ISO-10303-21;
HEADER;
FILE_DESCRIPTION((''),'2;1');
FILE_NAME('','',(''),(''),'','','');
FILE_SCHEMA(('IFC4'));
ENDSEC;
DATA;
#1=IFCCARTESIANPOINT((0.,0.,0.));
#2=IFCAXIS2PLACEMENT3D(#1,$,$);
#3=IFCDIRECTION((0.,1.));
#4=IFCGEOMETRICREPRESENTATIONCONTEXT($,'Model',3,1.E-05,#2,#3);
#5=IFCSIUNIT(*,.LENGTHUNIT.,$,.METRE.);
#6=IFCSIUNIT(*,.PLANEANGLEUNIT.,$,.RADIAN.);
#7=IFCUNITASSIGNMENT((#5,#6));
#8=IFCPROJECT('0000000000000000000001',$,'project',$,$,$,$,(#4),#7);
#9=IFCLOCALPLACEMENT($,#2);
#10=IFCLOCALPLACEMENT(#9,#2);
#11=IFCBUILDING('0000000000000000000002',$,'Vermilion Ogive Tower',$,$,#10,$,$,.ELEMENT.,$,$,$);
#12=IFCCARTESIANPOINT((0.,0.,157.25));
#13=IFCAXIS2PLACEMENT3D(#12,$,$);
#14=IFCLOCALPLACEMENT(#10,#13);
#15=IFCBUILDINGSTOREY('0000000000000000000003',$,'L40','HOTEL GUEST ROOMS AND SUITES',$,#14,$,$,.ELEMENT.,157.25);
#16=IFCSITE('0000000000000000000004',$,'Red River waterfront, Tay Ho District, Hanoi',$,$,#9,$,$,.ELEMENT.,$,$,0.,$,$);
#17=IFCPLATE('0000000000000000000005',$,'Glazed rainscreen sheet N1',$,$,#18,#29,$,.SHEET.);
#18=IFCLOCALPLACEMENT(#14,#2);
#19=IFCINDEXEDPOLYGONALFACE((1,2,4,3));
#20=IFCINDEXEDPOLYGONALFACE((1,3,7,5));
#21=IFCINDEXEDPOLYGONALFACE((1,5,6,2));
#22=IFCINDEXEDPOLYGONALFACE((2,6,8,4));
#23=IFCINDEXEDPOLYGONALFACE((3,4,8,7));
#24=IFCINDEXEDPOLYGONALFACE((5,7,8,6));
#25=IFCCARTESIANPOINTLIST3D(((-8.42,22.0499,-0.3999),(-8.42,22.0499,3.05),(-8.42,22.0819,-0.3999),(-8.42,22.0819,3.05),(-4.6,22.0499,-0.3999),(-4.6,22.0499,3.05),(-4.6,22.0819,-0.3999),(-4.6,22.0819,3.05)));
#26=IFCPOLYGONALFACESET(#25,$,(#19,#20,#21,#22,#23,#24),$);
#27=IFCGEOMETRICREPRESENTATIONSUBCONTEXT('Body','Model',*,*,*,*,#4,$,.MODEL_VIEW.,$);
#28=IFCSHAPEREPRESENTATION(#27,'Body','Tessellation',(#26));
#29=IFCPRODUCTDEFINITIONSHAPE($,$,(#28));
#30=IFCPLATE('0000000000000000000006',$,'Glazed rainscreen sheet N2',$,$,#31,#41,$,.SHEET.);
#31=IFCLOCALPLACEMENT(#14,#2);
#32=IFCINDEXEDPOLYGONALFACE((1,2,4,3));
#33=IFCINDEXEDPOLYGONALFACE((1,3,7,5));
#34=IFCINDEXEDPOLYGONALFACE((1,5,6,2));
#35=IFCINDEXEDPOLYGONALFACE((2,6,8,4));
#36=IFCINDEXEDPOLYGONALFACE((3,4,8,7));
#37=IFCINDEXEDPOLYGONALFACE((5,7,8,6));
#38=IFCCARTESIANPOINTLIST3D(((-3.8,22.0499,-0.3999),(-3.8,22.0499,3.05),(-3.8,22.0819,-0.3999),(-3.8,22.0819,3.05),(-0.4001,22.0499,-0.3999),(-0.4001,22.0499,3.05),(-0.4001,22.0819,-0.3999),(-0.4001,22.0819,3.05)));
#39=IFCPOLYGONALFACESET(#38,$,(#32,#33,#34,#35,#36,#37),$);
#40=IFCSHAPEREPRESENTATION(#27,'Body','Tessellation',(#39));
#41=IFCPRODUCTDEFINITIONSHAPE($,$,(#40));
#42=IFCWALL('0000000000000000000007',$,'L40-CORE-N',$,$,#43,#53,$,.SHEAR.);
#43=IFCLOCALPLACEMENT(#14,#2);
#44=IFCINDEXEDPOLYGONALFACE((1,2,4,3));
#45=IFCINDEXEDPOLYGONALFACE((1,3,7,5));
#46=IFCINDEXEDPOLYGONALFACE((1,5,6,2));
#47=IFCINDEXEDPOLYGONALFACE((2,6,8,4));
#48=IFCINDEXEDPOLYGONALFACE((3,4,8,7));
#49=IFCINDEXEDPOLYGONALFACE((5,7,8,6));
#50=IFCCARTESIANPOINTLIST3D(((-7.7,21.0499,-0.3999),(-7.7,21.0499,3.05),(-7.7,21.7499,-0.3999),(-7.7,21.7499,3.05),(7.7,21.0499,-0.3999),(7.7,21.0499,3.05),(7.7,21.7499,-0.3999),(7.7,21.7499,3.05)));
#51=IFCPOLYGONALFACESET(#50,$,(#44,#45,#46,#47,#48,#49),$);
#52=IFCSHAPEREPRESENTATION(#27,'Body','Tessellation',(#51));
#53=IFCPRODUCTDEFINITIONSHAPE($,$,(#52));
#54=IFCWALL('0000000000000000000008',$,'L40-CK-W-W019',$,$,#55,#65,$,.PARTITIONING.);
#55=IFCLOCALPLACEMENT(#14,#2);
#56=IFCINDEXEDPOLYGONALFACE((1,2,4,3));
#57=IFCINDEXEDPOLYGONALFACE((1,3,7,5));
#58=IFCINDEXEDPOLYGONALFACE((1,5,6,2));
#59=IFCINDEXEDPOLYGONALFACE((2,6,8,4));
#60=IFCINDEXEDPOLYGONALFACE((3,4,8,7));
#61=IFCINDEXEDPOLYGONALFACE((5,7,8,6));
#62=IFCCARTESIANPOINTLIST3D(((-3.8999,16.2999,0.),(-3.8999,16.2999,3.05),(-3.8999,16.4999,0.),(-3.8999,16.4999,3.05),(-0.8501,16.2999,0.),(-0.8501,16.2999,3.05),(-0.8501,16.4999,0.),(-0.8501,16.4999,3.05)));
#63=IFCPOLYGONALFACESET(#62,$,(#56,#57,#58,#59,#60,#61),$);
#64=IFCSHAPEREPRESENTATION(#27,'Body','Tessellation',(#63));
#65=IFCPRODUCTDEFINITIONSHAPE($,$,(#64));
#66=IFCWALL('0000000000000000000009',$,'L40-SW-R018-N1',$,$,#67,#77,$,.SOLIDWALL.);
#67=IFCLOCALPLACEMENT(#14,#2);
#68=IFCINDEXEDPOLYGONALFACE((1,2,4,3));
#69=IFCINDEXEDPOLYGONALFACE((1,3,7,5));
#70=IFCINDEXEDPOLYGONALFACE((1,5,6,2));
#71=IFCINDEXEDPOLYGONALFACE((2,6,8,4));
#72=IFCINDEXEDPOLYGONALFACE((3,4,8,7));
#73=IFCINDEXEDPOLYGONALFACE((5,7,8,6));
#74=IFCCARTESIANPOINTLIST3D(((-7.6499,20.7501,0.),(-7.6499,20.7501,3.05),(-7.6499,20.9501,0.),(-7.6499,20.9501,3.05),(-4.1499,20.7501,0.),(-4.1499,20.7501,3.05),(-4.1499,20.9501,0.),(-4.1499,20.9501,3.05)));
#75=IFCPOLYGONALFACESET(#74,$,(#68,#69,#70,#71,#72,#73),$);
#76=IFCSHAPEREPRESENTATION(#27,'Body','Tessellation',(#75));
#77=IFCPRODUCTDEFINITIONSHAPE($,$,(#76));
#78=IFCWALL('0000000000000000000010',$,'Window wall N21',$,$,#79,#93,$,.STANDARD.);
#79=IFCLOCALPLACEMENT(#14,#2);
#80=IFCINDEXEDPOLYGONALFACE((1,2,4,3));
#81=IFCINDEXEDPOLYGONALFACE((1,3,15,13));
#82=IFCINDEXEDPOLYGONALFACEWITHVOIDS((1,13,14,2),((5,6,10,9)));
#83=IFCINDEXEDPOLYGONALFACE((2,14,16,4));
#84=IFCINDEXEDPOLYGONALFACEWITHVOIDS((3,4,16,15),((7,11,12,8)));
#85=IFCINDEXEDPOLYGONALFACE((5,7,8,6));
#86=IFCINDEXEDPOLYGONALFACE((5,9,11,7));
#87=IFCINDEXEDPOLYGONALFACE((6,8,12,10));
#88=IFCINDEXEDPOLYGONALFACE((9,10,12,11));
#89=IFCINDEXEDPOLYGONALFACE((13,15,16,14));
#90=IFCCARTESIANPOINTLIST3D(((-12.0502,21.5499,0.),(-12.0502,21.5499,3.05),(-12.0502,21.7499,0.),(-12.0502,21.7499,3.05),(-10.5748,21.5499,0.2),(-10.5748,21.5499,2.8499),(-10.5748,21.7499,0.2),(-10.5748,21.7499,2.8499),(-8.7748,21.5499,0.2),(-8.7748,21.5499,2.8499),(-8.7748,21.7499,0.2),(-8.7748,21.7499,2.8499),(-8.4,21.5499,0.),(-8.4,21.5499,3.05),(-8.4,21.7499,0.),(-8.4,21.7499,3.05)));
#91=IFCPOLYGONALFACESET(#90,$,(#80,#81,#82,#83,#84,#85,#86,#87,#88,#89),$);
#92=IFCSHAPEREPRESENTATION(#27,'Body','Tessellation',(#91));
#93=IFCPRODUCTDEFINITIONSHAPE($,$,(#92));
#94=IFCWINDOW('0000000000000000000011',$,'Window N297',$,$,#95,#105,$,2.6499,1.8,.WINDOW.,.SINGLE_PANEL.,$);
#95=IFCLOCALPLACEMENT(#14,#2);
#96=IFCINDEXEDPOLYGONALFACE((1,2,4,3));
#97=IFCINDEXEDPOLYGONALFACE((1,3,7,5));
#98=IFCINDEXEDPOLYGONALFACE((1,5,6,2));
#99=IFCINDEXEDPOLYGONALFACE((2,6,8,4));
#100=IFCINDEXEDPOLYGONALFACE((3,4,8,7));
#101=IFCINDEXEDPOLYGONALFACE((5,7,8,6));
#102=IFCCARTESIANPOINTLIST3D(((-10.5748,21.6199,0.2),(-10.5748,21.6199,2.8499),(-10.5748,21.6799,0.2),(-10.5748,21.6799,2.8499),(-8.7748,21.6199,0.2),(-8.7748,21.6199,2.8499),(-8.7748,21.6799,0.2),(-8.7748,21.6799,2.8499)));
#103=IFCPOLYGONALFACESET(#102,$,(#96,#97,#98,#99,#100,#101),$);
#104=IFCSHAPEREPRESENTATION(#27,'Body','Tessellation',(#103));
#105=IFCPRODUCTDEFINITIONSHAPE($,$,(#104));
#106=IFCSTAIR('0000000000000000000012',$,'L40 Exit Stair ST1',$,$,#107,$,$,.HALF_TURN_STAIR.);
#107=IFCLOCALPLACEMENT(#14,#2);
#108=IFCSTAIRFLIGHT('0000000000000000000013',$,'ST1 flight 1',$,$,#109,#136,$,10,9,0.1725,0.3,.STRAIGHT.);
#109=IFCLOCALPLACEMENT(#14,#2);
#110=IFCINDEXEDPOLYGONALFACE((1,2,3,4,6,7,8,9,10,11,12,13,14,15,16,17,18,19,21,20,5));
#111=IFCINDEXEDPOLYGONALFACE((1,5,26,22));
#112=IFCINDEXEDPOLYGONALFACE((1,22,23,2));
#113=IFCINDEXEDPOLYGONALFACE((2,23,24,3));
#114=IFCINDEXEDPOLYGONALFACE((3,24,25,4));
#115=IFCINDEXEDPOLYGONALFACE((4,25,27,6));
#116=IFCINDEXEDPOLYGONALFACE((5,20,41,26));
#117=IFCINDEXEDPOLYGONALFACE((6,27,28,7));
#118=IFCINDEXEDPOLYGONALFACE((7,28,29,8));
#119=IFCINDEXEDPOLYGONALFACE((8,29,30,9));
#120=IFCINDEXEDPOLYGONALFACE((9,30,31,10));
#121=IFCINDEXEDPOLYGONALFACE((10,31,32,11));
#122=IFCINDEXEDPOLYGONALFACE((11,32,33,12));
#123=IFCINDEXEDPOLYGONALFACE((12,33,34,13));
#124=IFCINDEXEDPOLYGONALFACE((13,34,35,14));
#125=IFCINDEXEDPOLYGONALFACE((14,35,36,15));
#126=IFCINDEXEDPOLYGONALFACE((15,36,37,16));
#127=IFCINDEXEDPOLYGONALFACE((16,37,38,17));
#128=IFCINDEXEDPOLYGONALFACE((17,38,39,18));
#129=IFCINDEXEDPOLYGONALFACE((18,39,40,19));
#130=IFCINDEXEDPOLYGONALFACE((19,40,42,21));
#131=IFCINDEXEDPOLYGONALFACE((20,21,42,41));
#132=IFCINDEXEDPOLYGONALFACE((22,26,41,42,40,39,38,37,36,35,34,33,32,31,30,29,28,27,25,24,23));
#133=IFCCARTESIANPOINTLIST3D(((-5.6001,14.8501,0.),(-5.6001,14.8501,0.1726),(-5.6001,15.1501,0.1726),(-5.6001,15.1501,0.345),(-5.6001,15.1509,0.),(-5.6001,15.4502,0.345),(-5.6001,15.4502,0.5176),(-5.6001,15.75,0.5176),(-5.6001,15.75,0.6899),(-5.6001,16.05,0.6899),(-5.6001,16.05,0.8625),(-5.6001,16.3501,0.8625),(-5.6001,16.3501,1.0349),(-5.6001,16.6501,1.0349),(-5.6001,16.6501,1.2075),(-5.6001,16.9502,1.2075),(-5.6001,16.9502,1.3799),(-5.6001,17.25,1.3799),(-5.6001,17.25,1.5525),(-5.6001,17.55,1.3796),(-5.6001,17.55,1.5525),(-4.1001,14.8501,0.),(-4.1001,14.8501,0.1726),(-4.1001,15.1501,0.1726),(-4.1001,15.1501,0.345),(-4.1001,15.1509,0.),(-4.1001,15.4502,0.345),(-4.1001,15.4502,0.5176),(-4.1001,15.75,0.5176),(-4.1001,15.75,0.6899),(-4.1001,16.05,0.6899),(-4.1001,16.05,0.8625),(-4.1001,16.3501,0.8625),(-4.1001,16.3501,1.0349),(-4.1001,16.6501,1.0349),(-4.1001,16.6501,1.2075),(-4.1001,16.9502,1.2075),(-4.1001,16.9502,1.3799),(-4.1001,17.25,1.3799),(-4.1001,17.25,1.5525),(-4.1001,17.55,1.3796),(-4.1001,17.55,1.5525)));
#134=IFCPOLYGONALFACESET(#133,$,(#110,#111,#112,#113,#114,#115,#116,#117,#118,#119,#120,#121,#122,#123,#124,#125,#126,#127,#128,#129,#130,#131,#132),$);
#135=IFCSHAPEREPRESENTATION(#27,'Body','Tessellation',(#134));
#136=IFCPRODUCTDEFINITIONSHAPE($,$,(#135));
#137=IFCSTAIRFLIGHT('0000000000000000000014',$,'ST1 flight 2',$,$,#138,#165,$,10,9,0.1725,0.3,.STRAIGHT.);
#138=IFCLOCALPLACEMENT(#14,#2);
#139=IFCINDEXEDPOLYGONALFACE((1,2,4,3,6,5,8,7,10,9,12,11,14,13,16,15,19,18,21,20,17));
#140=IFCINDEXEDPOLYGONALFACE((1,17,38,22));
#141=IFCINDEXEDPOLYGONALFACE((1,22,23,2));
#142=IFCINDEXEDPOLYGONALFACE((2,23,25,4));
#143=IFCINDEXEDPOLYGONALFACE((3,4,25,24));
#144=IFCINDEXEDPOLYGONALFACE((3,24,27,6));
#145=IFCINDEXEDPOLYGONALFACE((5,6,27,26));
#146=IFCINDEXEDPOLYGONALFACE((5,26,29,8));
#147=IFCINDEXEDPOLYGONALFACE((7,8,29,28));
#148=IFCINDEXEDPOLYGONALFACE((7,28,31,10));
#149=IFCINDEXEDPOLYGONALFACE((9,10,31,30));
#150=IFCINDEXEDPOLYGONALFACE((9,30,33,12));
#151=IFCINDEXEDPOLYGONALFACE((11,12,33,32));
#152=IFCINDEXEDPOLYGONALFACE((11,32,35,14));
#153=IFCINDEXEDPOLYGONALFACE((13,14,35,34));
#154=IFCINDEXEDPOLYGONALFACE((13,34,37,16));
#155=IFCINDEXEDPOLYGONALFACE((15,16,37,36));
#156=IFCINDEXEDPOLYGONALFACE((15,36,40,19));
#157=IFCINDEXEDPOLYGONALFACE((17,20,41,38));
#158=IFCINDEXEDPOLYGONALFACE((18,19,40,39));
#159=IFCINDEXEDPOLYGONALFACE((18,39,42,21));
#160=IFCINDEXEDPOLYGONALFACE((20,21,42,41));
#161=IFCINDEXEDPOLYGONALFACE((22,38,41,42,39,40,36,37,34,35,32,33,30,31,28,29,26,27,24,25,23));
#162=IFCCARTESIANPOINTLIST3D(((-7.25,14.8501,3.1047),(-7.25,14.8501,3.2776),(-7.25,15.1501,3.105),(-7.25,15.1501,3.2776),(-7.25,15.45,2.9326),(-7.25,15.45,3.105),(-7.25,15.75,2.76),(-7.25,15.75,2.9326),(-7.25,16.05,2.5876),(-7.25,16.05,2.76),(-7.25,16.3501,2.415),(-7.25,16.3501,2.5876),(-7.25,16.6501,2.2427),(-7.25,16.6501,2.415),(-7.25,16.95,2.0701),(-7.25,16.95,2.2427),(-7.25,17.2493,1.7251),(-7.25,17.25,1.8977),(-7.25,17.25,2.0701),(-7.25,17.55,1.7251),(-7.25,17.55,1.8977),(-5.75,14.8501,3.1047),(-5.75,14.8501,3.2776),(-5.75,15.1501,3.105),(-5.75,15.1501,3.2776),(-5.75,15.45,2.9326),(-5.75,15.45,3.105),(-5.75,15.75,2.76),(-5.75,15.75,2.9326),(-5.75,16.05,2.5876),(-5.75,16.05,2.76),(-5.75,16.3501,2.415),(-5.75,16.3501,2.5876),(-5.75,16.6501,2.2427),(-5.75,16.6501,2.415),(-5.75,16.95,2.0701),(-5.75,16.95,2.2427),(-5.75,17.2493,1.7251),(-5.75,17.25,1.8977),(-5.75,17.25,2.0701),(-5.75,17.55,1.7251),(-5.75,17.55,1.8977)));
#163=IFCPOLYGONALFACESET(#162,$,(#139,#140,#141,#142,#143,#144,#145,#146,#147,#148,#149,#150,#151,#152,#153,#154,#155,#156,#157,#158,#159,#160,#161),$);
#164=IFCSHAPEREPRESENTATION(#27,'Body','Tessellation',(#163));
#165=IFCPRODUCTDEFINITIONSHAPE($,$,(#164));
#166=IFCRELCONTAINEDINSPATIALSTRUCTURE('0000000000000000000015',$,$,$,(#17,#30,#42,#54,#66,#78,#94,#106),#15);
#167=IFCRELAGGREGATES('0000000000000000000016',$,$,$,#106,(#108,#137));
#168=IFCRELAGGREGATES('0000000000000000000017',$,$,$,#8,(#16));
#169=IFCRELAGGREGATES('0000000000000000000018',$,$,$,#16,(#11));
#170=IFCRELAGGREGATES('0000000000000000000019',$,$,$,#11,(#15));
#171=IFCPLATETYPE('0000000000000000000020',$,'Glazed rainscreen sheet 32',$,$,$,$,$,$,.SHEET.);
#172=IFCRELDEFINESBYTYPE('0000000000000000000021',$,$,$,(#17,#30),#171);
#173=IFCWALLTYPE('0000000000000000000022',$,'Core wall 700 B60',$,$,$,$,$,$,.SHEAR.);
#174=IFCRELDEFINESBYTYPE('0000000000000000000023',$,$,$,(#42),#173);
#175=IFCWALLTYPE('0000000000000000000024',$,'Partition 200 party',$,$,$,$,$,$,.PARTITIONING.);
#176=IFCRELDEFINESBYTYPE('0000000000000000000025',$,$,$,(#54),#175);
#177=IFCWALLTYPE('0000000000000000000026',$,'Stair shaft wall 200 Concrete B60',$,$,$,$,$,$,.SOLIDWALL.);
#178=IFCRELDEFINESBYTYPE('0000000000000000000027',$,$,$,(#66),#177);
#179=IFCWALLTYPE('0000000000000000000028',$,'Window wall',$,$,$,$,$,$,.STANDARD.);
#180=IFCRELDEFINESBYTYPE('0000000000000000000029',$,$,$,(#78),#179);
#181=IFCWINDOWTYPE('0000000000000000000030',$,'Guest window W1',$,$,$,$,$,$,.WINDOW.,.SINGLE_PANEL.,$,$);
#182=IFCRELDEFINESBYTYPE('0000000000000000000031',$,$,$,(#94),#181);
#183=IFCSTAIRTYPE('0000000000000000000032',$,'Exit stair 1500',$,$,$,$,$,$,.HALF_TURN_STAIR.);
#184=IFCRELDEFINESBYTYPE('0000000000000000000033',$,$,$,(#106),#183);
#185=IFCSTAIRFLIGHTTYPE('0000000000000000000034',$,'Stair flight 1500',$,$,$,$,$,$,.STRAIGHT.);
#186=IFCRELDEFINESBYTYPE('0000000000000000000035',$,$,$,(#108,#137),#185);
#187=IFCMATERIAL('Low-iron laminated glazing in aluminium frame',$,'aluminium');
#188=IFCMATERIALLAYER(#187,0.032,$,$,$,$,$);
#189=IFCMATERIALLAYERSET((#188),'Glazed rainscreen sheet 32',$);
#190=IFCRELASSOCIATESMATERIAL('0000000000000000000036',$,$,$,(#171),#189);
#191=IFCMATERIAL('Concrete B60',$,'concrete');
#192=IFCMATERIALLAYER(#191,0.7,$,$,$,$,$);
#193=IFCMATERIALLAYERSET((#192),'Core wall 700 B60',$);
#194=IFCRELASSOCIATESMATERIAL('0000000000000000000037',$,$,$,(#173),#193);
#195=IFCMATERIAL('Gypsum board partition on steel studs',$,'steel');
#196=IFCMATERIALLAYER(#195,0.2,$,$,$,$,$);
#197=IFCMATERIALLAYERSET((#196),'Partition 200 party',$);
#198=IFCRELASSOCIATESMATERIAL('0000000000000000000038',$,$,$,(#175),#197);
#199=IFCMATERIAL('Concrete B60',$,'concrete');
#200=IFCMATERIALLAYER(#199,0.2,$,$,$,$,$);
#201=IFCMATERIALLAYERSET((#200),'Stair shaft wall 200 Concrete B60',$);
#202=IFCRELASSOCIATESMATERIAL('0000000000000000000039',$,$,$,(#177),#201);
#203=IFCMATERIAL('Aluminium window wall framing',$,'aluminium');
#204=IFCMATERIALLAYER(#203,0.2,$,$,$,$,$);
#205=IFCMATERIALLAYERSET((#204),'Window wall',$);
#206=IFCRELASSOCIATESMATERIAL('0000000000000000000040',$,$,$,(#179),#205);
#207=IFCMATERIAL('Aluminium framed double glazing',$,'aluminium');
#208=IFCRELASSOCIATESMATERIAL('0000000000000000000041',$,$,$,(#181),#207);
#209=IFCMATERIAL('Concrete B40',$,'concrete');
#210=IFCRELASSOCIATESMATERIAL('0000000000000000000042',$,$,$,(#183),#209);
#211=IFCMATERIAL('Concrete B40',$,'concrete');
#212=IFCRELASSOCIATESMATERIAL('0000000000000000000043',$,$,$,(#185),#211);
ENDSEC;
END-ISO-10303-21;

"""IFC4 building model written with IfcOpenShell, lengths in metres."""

from ifc_helpers import new_model, si_unit, direction, frame, frame_2d, origin, origin_2d, place, context, subcontext, project, spatial, polyline, rectangle, outline, extrude, material, layer, layer_set, type_object, element, fill, aggregate, save


model = new_model("IFC4")

# Units and contexts
model_context = context("Model", 3, precision=1e-05, world=origin(), true_north=direction((0.0, 1.0)))
body_context = subcontext(model_context, "Body", "Model", "MODEL_VIEW")
ifc_project = project(units=[si_unit("LENGTHUNIT", "METRE"), si_unit("PLANEANGLEUNIT", "RADIAN")], contexts=[model_context])

# Site, building, storey
site_placement = place(None, origin())
site = spatial("IfcSite", under=ifc_project, at=site_placement, Name="Red River waterfront, Tay Ho District, Hanoi", CompositionType="ELEMENT", RefElevation=0.0)
building_placement = place(site_placement, origin())
building = spatial("IfcBuilding", under=site, at=building_placement, Name="Vermilion Ogive Tower", CompositionType="ELEMENT")
storey_placement = place(building_placement, frame((0.0, 0.0, 157.25)))
storey = spatial("IfcBuildingStorey", under=building, at=storey_placement, Name="L40", Description="HOTEL GUEST ROOMS AND SUITES", CompositionType="ELEMENT", Elevation=157.25)

# Plates
ifc_material_1 = material(Name="Low-iron laminated glazing in aluminium frame", Category="aluminium")
ifc_layer_1 = layer(ifc_material_1, 0.032)
ifc_layer_set_1 = layer_set([ifc_layer_1], Name="Glazed rainscreen sheet 32")
plate_type = type_object("IfcPlateType", Name="Glazed rainscreen sheet 32", PredefinedType="SHEET", material=ifc_layer_set_1)
plate_1_placement = place(storey_placement, frame((-6.51, 22.0659, -0.3999), z_axis=(0.0, 0.0, 1.0), x_axis=(1.0, 0.0, 0.0)))
element("IfcPlate", 1, at=plate_1_placement, inside=storey, type_object=plate_type, Name="Glazed rainscreen sheet N1", PredefinedType="SHEET", context=body_context, shape_type="SweptSolid", body=[
    extrude(rectangle(XDim=3.8201, YDim=0.032, at=origin_2d()), origin(), (0.0, 0.0, 1.0), 3.45),
])
plate_2_placement = place(storey_placement, frame((-2.1001, 22.0659, -0.3999), z_axis=(0.0, 0.0, 1.0), x_axis=(1.0, 0.0, 0.0)))
element("IfcPlate", 2, at=plate_2_placement, inside=storey, type_object=plate_type, Name="Glazed rainscreen sheet N2", PredefinedType="SHEET", context=body_context, shape_type="SweptSolid", body=[
    extrude(rectangle(XDim=3.3999, YDim=0.032, at=origin_2d()), origin(), (0.0, 0.0, 1.0), 3.45),
])

# Walls
ifc_material_2 = material(Name="Concrete B60", Category="concrete")
ifc_layer_2 = layer(ifc_material_2, 0.7)
ifc_layer_set_2 = layer_set([ifc_layer_2], Name="Core wall 700 B60")
wall_type_1 = type_object("IfcWallType", Name="Core wall 700 B60", PredefinedType="SHEAR", material=ifc_layer_set_2)
wall_1_placement = place(storey_placement, frame((-7.7, 21.3999, -0.3999), z_axis=(0.0, 0.0, 1.0), x_axis=(1.0, 0.0, 0.0)))
element("IfcWall", 3, at=wall_1_placement, inside=storey, type_object=wall_type_1, Name="L40-CORE-N", PredefinedType="SHEAR", context=body_context, shape_type="SweptSolid", body=[
    extrude(rectangle(XDim=15.3999, YDim=0.7, at=frame_2d((7.7, 0.0))), origin(), (0.0, 0.0, 1.0), 3.45),
])
ifc_material_3 = material(Name="Gypsum board partition on steel studs", Category="steel")
ifc_layer_3 = layer(ifc_material_3, 0.2)
ifc_layer_set_3 = layer_set([ifc_layer_3], Name="Partition 200 party")
wall_type_2 = type_object("IfcWallType", Name="Partition 200 party", PredefinedType="PARTITIONING", material=ifc_layer_set_3)
wall_2_placement = place(storey_placement, frame((-3.8999, 16.3999, 0.0), z_axis=(0.0, 0.0, 1.0), x_axis=(1.0, 0.0, 0.0)))
element("IfcWall", 4, at=wall_2_placement, inside=storey, type_object=wall_type_2, Name="L40-CK-W-W019", PredefinedType="PARTITIONING", context=body_context, shape_type="SweptSolid", body=[
    extrude(rectangle(XDim=3.0498, YDim=0.2, at=frame_2d((1.5249, 0.0))), origin(), (0.0, 0.0, 1.0), 3.05),
])
ifc_material_4 = material(Name="Concrete B60", Category="concrete")
ifc_layer_4 = layer(ifc_material_4, 0.2)
ifc_layer_set_4 = layer_set([ifc_layer_4], Name="Stair shaft wall 200 Concrete B60")
wall_type_3 = type_object("IfcWallType", Name="Stair shaft wall 200 Concrete B60", PredefinedType="SOLIDWALL", material=ifc_layer_set_4)
wall_3_placement = place(storey_placement, frame((-7.6499, 20.8501, 0.0), z_axis=(0.0, 0.0, 1.0), x_axis=(1.0, 0.0, 0.0)))
element("IfcWall", 5, at=wall_3_placement, inside=storey, type_object=wall_type_3, Name="L40-SW-R018-N1", PredefinedType="SOLIDWALL", context=body_context, shape_type="SweptSolid", body=[
    extrude(rectangle(XDim=3.5, YDim=0.2, at=frame_2d((1.75, 0.0))), origin(), (0.0, 0.0, 1.0), 3.05),
])

# Wall, opening, window
ifc_material_5 = material(Name="Aluminium window wall framing", Category="aluminium")
ifc_layer_5 = layer(ifc_material_5, 0.2)
ifc_layer_set_5 = layer_set([ifc_layer_5], Name="Window wall")
wall_type_4 = type_object("IfcWallType", Name="Window wall", PredefinedType="STANDARD", material=ifc_layer_set_5)
wall_4_placement = place(storey_placement, frame((-8.3999, 21.6499, 0.0), z_axis=(0.0, 0.0, 1.0), x_axis=(-1.0, 0.0, 0.0)))
wall_4 = element("IfcWall", 6, at=wall_4_placement, inside=storey, type_object=wall_type_4, Name="Window wall N21", PredefinedType="STANDARD", context=body_context, shape_type="SweptSolid", body=[
    extrude(rectangle(XDim=3.6501, YDim=0.2, at=frame_2d((1.8252, 0.0))), origin(), (0.0, 0.0, 1.0), 3.05),
])
opening_placement = place(wall_4_placement, frame((0.375, 0.0, 0.2)))
opening = element("IfcOpeningElement", 7, at=opening_placement, cuts=wall_4, PredefinedType="OPENING", context=body_context, shape_type="SweptSolid", body=[
    extrude(rectangle(XDim=1.8, YDim=2.6499, at=frame_2d((0.8999, 1.325))), frame((0.0, 0.1099, 0.0), z_axis=(0.0, -1.0, 0.0), x_axis=(1.0, 0.0, 0.0)), (0.0, 0.0, 1.0), 0.22),
])
ifc_material_6 = material(Name="Aluminium framed double glazing", Category="aluminium")
window_type = type_object("IfcWindowType", Name="Guest window W1", PartitioningType="SINGLE_PANEL", PredefinedType="WINDOW", material=ifc_material_6)
window_placement = place(opening_placement, origin())
window = element("IfcWindow", 8, at=window_placement, inside=storey, type_object=window_type, Name="Window N297", OverallHeight=2.6499, OverallWidth=1.8, PartitioningType="SINGLE_PANEL", PredefinedType="WINDOW", context=body_context, shape_type="SweptSolid", body=[
    extrude(rectangle(XDim=1.8, YDim=2.6499, at=frame_2d((0.8999, 1.325))), frame((0.0, 0.03, 0.0), z_axis=(0.0, -1.0, 0.0), x_axis=(1.0, 0.0, 0.0)), (0.0, 0.0, 1.0), 0.0601),
])
fill(opening, window)

# Stair, stair flights
ifc_material_7 = material(Name="Concrete B40", Category="concrete")
stair_type = type_object("IfcStairType", Name="Exit stair 1500", PredefinedType="HALF_TURN_STAIR", material=ifc_material_7)
stair_placement = place(storey_placement, origin())
stair = element("IfcStair", 9, at=stair_placement, inside=storey, type_object=stair_type, Name="L40 Exit Stair ST1", PredefinedType="HALF_TURN_STAIR")
ifc_material_8 = material(Name="Concrete B40", Category="concrete")
stair_flight_type = type_object("IfcStairFlightType", Name="Stair flight 1500", PredefinedType="STRAIGHT", material=ifc_material_8)
stair_flight_1_placement = place(storey_placement, frame((-4.8501, 14.8501, 0.0), z_axis=(0.0, 0.0, 1.0), x_axis=(0.0, 1.0, 0.0)))
stair_flight_1 = element("IfcStairFlight", 10, at=stair_flight_1_placement, type_object=stair_flight_type, Name="ST1 flight 1", NumberOfRisers=10, NumberOfTreads=9, PredefinedType="STRAIGHT", RiserHeight=0.1725, TreadLength=0.3, context=body_context, shape_type="SweptSolid", body=[
    extrude(outline(polyline([(0.0, 0.0), (0.0, 0.1726), (0.3, 0.1726), (0.3, 0.345), (0.6001, 0.345), (0.6001, 0.5176), (0.8999, 0.5176), (0.8999, 0.6899), (1.2, 0.6899), (1.2, 0.8625), (1.5, 0.8625), (1.5, 1.0349), (1.8, 1.0349), (1.8, 1.2075), (2.1001, 1.2075), (2.1001, 1.3799), (2.3999, 1.3799), (2.3999, 1.5525), (2.7, 1.5525), (2.7, 1.7251), (2.7, 1.3796), (0.3008, 0.0), (0.0, 0.0)])), frame((0.0, 0.75, 0.0), z_axis=(0.0, -1.0, 0.0), x_axis=(1.0, 0.0, 0.0)), (0.0, 0.0, 1.0), 1.5),
])
stair_flight_2_placement = place(storey_placement, frame((-6.5, 17.55, 1.7251), z_axis=(0.0, 0.0, 1.0), x_axis=(0.0, -1.0, 0.0)))
stair_flight_2 = element("IfcStairFlight", 11, at=stair_flight_2_placement, type_object=stair_flight_type, Name="ST1 flight 2", NumberOfRisers=10, NumberOfTreads=9, PredefinedType="STRAIGHT", RiserHeight=0.1725, TreadLength=0.3, context=body_context, shape_type="SweptSolid", body=[
    extrude(outline(polyline([(0.0, 0.0), (0.0, 0.1726), (0.3, 0.1726), (0.3, 0.345), (0.6001, 0.345), (0.6001, 0.5176), (0.8999, 0.5176), (0.8999, 0.6899), (1.2, 0.6899), (1.2, 0.8625), (1.5, 0.8625), (1.5, 1.0349), (1.8, 1.0349), (1.8, 1.2075), (2.1001, 1.2075), (2.1001, 1.3799), (2.3999, 1.3799), (2.3999, 1.5525), (2.7, 1.5525), (2.7, 1.7251), (2.7, 1.3796), (0.3008, 0.0), (0.0, 0.0)])), frame((0.0, 0.75, 0.0), z_axis=(0.0, -1.0, 0.0), x_axis=(1.0, 0.0, 0.0)), (0.0, 0.0, 1.0), 1.5),
])
aggregate(stair, [stair_flight_1, stair_flight_2])

save(model, "model.ifc")
